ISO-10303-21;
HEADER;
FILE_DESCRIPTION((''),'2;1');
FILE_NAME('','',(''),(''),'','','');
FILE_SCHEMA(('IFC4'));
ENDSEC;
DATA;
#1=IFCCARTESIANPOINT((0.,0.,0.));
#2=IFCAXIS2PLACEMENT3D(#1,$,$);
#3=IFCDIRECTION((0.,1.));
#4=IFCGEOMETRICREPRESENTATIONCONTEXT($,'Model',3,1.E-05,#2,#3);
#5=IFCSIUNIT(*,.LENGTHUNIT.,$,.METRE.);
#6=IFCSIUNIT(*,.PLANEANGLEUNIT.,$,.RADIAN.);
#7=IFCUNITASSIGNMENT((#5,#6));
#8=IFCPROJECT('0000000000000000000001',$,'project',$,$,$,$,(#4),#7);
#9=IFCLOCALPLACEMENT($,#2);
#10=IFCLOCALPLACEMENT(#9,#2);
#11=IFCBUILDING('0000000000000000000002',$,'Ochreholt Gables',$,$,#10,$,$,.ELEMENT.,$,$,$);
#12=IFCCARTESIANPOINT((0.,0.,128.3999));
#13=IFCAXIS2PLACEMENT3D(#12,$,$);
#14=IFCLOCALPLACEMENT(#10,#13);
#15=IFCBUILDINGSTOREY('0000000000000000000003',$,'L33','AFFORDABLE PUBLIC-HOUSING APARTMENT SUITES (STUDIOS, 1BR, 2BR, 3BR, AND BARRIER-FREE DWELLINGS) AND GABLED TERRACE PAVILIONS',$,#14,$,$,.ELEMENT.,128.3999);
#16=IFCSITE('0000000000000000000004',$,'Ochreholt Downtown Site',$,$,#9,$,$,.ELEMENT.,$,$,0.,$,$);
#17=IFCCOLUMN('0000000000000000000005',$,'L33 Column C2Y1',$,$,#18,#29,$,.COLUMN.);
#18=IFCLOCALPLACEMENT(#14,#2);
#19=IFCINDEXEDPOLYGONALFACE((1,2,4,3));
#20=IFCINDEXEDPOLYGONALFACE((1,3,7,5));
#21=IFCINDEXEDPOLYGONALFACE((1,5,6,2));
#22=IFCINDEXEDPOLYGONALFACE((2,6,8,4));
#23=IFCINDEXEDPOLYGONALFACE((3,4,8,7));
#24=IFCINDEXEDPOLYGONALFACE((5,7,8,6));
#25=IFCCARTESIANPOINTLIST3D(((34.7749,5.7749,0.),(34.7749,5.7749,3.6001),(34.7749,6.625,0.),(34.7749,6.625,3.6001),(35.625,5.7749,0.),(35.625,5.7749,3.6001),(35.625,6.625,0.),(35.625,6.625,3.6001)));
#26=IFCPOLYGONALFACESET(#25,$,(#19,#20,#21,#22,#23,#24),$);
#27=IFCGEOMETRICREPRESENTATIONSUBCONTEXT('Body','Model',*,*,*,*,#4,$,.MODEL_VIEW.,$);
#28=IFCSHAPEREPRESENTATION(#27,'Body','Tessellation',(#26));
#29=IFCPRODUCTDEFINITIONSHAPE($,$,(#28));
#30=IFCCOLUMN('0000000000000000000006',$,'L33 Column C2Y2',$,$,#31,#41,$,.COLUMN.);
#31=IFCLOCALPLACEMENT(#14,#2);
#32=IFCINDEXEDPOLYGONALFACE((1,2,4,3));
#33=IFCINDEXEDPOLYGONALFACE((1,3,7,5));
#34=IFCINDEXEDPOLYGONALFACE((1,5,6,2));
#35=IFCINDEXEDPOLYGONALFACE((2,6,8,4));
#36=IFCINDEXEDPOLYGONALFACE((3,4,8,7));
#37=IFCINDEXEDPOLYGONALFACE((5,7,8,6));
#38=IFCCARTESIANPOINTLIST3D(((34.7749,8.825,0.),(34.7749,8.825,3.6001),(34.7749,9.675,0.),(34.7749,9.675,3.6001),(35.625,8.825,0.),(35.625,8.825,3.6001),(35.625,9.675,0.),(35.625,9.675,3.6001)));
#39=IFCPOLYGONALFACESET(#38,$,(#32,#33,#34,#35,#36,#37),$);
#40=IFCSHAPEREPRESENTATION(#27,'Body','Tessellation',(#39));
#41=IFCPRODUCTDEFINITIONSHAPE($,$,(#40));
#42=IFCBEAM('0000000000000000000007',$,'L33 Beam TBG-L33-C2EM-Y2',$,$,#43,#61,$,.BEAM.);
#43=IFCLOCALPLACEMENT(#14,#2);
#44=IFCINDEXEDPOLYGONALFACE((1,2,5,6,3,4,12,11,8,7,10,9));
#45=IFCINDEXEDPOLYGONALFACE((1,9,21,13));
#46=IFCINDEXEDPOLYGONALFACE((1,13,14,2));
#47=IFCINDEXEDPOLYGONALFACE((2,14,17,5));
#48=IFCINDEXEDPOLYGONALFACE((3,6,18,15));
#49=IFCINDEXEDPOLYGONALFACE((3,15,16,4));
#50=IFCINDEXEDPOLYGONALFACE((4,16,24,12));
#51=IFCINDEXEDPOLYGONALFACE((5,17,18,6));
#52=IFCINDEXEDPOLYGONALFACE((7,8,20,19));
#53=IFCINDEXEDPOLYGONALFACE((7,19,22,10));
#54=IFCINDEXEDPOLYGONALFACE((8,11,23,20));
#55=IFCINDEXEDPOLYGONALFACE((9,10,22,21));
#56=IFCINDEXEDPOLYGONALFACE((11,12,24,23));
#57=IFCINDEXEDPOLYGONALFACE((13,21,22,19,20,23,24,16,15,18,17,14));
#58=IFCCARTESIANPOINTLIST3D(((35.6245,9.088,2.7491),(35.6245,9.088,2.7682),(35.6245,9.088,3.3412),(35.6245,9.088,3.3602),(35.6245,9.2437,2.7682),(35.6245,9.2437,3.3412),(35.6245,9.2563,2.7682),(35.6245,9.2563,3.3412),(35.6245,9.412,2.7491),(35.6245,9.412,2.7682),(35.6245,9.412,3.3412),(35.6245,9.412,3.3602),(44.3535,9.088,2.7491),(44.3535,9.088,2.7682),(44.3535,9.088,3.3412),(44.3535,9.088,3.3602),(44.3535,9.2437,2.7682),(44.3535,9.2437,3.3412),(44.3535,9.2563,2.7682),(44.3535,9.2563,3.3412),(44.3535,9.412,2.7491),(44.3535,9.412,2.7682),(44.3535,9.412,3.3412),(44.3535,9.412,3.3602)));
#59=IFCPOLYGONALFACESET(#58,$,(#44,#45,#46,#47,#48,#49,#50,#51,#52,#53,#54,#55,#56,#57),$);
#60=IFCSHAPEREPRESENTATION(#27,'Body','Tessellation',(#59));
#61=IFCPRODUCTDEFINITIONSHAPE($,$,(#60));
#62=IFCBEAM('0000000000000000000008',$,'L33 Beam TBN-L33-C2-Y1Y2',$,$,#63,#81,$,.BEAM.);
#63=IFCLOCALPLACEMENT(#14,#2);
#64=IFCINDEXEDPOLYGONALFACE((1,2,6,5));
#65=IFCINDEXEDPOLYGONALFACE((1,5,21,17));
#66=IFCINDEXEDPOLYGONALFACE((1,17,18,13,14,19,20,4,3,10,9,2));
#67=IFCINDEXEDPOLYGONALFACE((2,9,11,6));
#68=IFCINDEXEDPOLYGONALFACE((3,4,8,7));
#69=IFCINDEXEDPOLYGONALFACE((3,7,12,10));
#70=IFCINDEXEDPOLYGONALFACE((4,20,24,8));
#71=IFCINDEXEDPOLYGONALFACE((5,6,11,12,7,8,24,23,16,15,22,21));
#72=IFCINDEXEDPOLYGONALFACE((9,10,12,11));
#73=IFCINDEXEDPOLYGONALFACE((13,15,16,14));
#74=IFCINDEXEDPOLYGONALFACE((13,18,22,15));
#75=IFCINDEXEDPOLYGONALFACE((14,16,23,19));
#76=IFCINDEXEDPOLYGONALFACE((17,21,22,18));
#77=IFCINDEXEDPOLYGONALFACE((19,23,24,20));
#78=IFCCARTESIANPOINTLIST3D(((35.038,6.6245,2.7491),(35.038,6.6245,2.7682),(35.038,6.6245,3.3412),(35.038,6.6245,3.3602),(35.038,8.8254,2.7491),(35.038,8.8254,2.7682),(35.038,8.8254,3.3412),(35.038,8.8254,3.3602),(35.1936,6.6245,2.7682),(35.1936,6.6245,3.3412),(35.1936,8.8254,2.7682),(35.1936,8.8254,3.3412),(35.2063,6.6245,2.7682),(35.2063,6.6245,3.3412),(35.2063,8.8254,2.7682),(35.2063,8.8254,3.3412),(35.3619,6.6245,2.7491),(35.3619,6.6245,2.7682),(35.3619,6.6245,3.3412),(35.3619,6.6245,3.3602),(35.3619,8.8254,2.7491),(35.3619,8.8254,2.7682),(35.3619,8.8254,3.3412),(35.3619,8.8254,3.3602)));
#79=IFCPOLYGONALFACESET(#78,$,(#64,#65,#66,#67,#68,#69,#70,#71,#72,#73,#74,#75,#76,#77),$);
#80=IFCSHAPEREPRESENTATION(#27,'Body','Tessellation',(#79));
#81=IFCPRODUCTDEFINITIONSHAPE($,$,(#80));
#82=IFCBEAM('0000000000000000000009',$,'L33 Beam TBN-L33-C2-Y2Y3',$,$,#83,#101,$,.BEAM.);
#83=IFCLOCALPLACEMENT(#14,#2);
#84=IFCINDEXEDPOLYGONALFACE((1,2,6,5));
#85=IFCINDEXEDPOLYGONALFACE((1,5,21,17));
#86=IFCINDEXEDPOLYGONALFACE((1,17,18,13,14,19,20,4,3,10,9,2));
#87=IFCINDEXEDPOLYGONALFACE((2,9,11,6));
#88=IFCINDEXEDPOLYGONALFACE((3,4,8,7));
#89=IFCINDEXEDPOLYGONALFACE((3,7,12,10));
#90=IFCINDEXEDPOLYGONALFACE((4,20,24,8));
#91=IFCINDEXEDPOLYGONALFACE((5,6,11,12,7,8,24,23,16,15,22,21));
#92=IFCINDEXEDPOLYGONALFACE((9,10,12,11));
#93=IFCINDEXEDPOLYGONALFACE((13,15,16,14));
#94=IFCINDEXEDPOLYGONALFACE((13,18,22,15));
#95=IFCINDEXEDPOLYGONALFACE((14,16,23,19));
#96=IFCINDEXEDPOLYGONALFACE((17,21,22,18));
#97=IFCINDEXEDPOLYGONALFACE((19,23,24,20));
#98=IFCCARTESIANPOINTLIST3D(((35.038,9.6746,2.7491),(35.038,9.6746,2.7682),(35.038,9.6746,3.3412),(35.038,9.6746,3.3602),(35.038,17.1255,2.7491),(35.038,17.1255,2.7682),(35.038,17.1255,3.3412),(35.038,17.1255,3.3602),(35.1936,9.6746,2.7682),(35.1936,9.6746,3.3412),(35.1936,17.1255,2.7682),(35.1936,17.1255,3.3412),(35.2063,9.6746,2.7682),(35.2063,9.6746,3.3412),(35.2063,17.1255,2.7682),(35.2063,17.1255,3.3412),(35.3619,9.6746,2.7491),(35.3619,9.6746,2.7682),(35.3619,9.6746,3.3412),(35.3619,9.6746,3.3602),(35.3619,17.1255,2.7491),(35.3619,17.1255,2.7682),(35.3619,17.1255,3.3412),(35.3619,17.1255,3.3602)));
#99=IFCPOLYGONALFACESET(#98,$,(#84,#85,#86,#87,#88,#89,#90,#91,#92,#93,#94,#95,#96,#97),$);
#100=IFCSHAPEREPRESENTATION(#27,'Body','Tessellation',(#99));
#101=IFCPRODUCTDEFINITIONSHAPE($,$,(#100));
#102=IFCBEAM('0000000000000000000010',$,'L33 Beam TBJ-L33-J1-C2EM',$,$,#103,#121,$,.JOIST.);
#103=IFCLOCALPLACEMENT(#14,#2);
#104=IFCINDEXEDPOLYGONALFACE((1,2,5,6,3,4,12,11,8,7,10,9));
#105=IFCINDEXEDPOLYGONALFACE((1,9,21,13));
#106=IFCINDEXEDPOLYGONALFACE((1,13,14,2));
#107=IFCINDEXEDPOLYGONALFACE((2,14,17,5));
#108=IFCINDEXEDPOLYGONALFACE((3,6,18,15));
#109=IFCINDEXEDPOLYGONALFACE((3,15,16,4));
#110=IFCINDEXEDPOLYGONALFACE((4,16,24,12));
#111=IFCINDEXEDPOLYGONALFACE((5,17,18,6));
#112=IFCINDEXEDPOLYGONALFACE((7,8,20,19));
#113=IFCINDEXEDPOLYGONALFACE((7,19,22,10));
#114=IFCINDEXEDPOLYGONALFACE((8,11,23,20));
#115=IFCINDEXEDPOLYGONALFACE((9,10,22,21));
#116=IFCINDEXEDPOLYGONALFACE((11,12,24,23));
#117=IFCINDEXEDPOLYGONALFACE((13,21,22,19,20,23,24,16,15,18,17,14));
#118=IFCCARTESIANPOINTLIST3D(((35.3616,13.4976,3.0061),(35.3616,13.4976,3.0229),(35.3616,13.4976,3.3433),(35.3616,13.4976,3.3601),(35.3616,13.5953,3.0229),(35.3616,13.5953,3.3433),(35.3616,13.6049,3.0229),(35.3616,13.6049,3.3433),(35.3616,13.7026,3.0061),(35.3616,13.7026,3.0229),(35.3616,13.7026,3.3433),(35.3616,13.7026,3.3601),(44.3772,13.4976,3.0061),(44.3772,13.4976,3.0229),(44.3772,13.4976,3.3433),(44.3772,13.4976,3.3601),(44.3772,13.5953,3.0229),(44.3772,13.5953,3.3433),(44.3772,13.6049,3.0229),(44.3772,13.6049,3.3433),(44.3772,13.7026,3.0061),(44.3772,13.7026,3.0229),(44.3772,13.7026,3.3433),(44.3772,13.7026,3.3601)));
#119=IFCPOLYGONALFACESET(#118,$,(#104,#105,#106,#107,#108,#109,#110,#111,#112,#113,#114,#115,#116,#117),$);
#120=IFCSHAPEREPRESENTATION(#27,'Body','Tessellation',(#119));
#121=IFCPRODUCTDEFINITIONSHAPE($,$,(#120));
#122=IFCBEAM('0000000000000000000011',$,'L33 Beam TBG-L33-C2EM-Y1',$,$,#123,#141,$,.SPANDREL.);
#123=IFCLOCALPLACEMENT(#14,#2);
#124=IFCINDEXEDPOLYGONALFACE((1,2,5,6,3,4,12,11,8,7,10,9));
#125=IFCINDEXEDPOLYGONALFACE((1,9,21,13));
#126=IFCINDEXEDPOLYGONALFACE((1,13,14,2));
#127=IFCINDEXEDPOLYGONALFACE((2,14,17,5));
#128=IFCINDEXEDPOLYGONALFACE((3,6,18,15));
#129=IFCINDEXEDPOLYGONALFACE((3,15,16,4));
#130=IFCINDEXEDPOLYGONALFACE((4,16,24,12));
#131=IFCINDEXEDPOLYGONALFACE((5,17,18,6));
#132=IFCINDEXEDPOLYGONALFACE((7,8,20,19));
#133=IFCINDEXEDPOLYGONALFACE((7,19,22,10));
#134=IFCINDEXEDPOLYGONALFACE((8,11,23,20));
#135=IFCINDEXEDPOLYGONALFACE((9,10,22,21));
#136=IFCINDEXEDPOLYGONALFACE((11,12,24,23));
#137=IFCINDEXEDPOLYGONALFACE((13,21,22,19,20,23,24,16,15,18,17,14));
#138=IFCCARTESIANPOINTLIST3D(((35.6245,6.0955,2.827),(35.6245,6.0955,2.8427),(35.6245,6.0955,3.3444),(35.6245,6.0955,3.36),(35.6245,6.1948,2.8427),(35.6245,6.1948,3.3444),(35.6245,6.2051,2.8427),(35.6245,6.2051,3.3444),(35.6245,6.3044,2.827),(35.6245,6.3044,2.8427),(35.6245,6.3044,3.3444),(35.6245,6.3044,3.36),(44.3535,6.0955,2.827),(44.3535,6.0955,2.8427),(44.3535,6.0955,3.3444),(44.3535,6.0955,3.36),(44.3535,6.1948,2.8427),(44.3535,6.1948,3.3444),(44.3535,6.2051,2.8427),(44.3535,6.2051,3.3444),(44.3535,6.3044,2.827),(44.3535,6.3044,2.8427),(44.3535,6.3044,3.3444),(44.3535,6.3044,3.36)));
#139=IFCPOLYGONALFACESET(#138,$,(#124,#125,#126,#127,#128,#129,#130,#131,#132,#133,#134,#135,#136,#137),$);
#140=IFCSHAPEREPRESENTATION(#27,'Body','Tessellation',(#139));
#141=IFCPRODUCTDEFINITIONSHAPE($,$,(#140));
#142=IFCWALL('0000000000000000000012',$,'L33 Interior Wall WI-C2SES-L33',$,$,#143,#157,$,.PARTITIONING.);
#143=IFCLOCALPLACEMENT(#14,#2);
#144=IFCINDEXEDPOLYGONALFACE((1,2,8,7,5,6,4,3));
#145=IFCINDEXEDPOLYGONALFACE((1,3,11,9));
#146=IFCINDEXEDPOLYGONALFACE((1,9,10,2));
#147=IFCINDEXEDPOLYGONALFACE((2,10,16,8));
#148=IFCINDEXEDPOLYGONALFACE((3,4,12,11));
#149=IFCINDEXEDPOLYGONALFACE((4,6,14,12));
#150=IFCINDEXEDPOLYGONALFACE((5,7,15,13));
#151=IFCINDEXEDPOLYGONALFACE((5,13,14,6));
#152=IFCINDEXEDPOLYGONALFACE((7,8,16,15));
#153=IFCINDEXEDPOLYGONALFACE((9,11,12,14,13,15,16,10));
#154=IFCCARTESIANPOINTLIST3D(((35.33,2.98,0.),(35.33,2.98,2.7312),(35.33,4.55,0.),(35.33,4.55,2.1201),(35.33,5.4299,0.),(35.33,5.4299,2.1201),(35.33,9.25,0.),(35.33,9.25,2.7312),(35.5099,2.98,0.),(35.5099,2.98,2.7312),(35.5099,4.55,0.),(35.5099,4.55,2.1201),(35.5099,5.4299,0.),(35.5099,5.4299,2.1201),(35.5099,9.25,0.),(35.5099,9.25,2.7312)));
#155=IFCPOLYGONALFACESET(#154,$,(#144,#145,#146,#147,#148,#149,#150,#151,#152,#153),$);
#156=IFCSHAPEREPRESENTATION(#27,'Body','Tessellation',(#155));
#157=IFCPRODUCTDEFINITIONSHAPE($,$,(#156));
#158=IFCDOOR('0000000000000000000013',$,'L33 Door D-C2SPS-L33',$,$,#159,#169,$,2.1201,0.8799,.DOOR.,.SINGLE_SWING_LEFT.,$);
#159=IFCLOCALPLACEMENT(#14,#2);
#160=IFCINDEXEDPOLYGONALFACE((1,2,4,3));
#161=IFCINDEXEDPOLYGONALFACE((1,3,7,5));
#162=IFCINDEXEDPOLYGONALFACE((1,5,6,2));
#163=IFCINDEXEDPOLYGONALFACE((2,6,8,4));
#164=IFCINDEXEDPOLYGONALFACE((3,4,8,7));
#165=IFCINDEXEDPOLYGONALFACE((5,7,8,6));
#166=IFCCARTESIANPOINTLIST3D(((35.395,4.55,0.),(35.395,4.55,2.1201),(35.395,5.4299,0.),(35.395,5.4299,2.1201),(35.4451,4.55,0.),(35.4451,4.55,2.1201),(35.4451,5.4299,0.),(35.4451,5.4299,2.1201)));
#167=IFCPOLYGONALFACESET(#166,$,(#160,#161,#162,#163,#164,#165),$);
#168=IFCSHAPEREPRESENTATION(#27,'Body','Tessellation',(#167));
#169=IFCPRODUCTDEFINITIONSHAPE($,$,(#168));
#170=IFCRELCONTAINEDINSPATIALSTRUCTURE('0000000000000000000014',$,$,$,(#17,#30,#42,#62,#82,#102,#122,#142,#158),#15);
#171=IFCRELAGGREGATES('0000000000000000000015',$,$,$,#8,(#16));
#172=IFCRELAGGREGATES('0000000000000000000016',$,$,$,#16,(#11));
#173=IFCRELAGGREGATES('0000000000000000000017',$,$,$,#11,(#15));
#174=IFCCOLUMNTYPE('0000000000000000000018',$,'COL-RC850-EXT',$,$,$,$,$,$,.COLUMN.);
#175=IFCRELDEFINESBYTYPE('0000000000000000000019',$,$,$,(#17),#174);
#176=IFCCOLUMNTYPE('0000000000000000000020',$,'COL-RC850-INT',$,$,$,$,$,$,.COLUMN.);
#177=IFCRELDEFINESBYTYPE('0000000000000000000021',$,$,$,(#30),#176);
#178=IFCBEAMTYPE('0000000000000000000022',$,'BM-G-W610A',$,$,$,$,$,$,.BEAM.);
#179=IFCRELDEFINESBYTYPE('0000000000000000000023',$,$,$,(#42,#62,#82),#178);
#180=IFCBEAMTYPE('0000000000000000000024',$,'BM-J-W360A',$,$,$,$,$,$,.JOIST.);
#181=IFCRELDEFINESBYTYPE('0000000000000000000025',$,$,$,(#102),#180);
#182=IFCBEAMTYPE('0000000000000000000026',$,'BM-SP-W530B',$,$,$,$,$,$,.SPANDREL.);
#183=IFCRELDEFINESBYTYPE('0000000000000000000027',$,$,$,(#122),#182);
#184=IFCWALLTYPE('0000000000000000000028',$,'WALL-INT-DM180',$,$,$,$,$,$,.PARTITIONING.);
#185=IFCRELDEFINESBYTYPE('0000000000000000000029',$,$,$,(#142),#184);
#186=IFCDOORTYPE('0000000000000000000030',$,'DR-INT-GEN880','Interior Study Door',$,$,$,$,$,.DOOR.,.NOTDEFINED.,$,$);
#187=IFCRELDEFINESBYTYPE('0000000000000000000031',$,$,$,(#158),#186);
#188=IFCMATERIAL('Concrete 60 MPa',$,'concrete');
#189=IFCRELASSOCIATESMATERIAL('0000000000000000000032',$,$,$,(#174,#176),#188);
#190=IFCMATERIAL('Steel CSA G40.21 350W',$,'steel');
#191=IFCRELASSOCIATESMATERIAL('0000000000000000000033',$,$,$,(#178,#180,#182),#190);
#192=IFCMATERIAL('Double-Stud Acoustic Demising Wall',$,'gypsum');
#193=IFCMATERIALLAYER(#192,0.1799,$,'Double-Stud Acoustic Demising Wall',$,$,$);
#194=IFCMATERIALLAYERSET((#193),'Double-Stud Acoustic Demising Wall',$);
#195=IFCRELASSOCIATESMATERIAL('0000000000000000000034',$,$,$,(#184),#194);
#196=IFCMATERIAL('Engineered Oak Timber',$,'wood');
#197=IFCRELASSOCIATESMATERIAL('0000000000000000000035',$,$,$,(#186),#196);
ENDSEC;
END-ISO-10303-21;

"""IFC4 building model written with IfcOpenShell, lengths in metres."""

from ifc_helpers import new_model, si_unit, direction, frame, frame_2d, origin, origin_2d, place, context, subcontext, project, spatial, rectangle, i_section, extrude, material, layer, layer_set, material_profile, profile_set, type_object, element, fill, save


model = new_model("IFC4")

# Units and contexts
model_context = context("Model", 3, precision=1e-05, world=origin(), true_north=direction((0.0, 1.0)))
body_context = subcontext(model_context, "Body", "Model", "MODEL_VIEW")
ifc_project = project(units=[si_unit("LENGTHUNIT", "METRE"), si_unit("PLANEANGLEUNIT", "RADIAN")], contexts=[model_context])

# Site, building, storey
site_placement = place(None, origin())
site = spatial("IfcSite", under=ifc_project, at=site_placement, Name="Ochreholt Downtown Site", CompositionType="ELEMENT", RefElevation=0.0)
building_placement = place(site_placement, origin())
building = spatial("IfcBuilding", under=site, at=building_placement, Name="Ochreholt Gables", CompositionType="ELEMENT")
storey_placement = place(building_placement, frame((0.0, 0.0, 128.3999)))
storey = spatial("IfcBuildingStorey", under=building, at=storey_placement, Name="L33", Description="AFFORDABLE PUBLIC-HOUSING APARTMENT SUITES (STUDIOS, 1BR, 2BR, 3BR, AND BARRIER-FREE DWELLINGS) AND GABLED TERRACE PAVILIONS", CompositionType="ELEMENT", Elevation=128.3999)

# Columns
ifc_material_1 = material(Name="Concrete 60 MPa", Category="concrete")
ifc_material_profile_1 = material_profile(ifc_material_1, rectangle(XDim=0.8501, YDim=0.8501, at=origin_2d()), Name="RC850X850")
ifc_profile_set_1 = profile_set([ifc_material_profile_1], Name="Concrete 60 MPa")
column_type_1 = type_object("IfcColumnType", Name="COL-RC850-EXT", PredefinedType="COLUMN", material=ifc_profile_set_1)
column_1_placement = place(storey_placement, frame((35.2, 6.2, 0.0), z_axis=(0.0, 0.0, 1.0), x_axis=(1.0, 0.0, 0.0)))
element("IfcColumn", 1, at=column_1_placement, inside=storey, type_object=column_type_1, Name="L33 Column C2Y1", PredefinedType="COLUMN", context=body_context, shape_type="SweptSolid", body=[
    extrude(rectangle(XDim=0.8501, YDim=0.8501, at=origin_2d()), origin(), (0.0, 0.0, 1.0), 3.6001),
])
ifc_material_profile_2 = material_profile(ifc_material_1, rectangle(XDim=0.8501, YDim=0.8501, at=origin_2d()), Name="RC850X850")
ifc_profile_set_2 = profile_set([ifc_material_profile_2], Name="Concrete 60 MPa")
column_type_2 = type_object("IfcColumnType", Name="COL-RC850-INT", PredefinedType="COLUMN", material=ifc_profile_set_2)
column_2_placement = place(storey_placement, frame((35.2, 9.25, 0.0), z_axis=(0.0, 0.0, 1.0), x_axis=(1.0, 0.0, 0.0)))
element("IfcColumn", 2, at=column_2_placement, inside=storey, type_object=column_type_2, Name="L33 Column C2Y2", PredefinedType="COLUMN", context=body_context, shape_type="SweptSolid", body=[
    extrude(rectangle(XDim=0.8501, YDim=0.8501, at=origin_2d()), origin(), (0.0, 0.0, 1.0), 3.6001),
])

# Beams
ifc_material_2 = material(Name="Steel CSA G40.21 350W", Category="steel")
ifc_material_profile_3 = material_profile(ifc_material_2, i_section(OverallWidth=0.324, OverallDepth=0.6111, WebThickness=0.0127, FlangeThickness=0.019, at=origin_2d()), Name="W610X155")
ifc_profile_set_3 = profile_set([ifc_material_profile_3], Name="Steel CSA G40.21 350W")
beam_type_1 = type_object("IfcBeamType", Name="BM-G-W610A", PredefinedType="BEAM", material=ifc_profile_set_3)
beam_1_placement = place(storey_placement, frame((35.6245, 9.25, 3.0547), z_axis=(1.0, 0.0, 0.0), x_axis=(0.0, 1.0, 0.0)))
element("IfcBeam", 3, at=beam_1_placement, inside=storey, type_object=beam_type_1, Name="L33 Beam TBG-L33-C2EM-Y2", PredefinedType="BEAM", context=body_context, shape_type="SweptSolid", body=[
    extrude(i_section(OverallWidth=0.324, OverallDepth=0.6111, WebThickness=0.0127, FlangeThickness=0.019, at=origin_2d()), origin(), (0.0, 0.0, 1.0), 8.729),
])
beam_2_placement = place(storey_placement, frame((35.2, 6.6245, 3.0547), z_axis=(0.0, 1.0, 0.0), x_axis=(-1.0, 0.0, 0.0)))
element("IfcBeam", 4, at=beam_2_placement, inside=storey, type_object=beam_type_1, Name="L33 Beam TBN-L33-C2-Y1Y2", PredefinedType="BEAM", context=body_context, shape_type="SweptSolid", body=[
    extrude(i_section(OverallWidth=0.324, OverallDepth=0.6111, WebThickness=0.0127, FlangeThickness=0.019, at=origin_2d()), origin(), (0.0, 0.0, 1.0), 2.2009),
])
beam_3_placement = place(storey_placement, frame((35.2, 9.6746, 3.0547), z_axis=(0.0, 1.0, 0.0), x_axis=(-1.0, 0.0, 0.0)))
element("IfcBeam", 5, at=beam_3_placement, inside=storey, type_object=beam_type_1, Name="L33 Beam TBN-L33-C2-Y2Y3", PredefinedType="BEAM", context=body_context, shape_type="SweptSolid", body=[
    extrude(i_section(OverallWidth=0.324, OverallDepth=0.6111, WebThickness=0.0127, FlangeThickness=0.019, at=origin_2d()), origin(), (0.0, 0.0, 1.0), 7.4509),
])
ifc_material_profile_4 = material_profile(ifc_material_2, i_section(OverallWidth=0.2051, OverallDepth=0.354, WebThickness=0.0095, FlangeThickness=0.0168, at=origin_2d()), Name="W360X79")
ifc_profile_set_4 = profile_set([ifc_material_profile_4], Name="Steel CSA G40.21 350W")
beam_type_2 = type_object("IfcBeamType", Name="BM-J-W360A", PredefinedType="JOIST", material=ifc_profile_set_4)
beam_4_placement = place(storey_placement, frame((35.3616, 13.6001, 3.1831), z_axis=(1.0, 0.0, 0.0), x_axis=(0.0, 1.0, 0.0)))
element("IfcBeam", 6, at=beam_4_placement, inside=storey, type_object=beam_type_2, Name="L33 Beam TBJ-L33-J1-C2EM", PredefinedType="JOIST", context=body_context, shape_type="SweptSolid", body=[
    extrude(i_section(OverallWidth=0.2051, OverallDepth=0.354, WebThickness=0.0095, FlangeThickness=0.0168, at=origin_2d()), origin(), (0.0, 0.0, 1.0), 9.0156),
])
ifc_material_profile_5 = material_profile(ifc_material_2, i_section(OverallWidth=0.209, OverallDepth=0.533, WebThickness=0.0103, FlangeThickness=0.0156, at=origin_2d()), Name="W530X92")
ifc_profile_set_5 = profile_set([ifc_material_profile_5], Name="Steel CSA G40.21 350W")
beam_type_3 = type_object("IfcBeamType", Name="BM-SP-W530B", PredefinedType="SPANDREL", material=ifc_profile_set_5)
beam_5_placement = place(storey_placement, frame((35.6245, 6.2, 3.0935), z_axis=(1.0, 0.0, 0.0), x_axis=(0.0, 1.0, 0.0)))
element("IfcBeam", 7, at=beam_5_placement, inside=storey, type_object=beam_type_3, Name="L33 Beam TBG-L33-C2EM-Y1", PredefinedType="SPANDREL", context=body_context, shape_type="SweptSolid", body=[
    extrude(i_section(OverallWidth=0.209, OverallDepth=0.533, WebThickness=0.0103, FlangeThickness=0.0156, at=origin_2d()), origin(), (0.0, 0.0, 1.0), 8.729),
])

# Wall, opening, door
ifc_material_3 = material(Name="Double-Stud Acoustic Demising Wall", Category="gypsum")
ifc_layer_1 = layer(ifc_material_3, 0.1799, Name="Double-Stud Acoustic Demising Wall")
ifc_layer_set_1 = layer_set([ifc_layer_1], Name="Double-Stud Acoustic Demising Wall")
wall_type_1 = type_object("IfcWallType", Name="WALL-INT-DM180", PredefinedType="PARTITIONING", material=ifc_layer_set_1)
wall_1_placement = place(storey_placement, frame((35.4199, 2.98, 0.0), z_axis=(0.0, 0.0, 1.0), x_axis=(0.0, 1.0, 0.0)))
wall_1 = element("IfcWall", 8, at=wall_1_placement, inside=storey, type_object=wall_type_1, Name="L33 Interior Wall WI-C2SES-L33", PredefinedType="PARTITIONING", context=body_context, shape_type="SweptSolid", body=[
    extrude(rectangle(XDim=6.27, YDim=0.1799, at=frame_2d((3.135, 0.0))), origin(), (0.0, 0.0, 1.0), 2.7312),
])
opening_1_placement = place(wall_1_placement, frame((1.5701, 0.0, 0.0)))
opening_1 = element("IfcOpeningElement", 9, at=opening_1_placement, cuts=wall_1, PredefinedType="OPENING", context=body_context, shape_type="SweptSolid", body=[
    extrude(rectangle(XDim=0.8799, YDim=2.1201, at=frame_2d((0.4399, 1.0601))), frame((0.0, 0.0999, 0.0), z_axis=(0.0, -1.0, 0.0), x_axis=(1.0, 0.0, 0.0)), (0.0, 0.0, 1.0), 0.2),
])
ifc_material_4 = material(Name="Engineered Oak Timber", Category="wood")
door_type_1 = type_object("IfcDoorType", Name="DR-INT-GEN880", Description="Interior Study Door", OperationType="NOTDEFINED", PredefinedType="DOOR", material=ifc_material_4)
door_1_placement = place(opening_1_placement, origin())
door_1 = element("IfcDoor", 10, at=door_1_placement, inside=storey, type_object=door_type_1, Name="L33 Door D-C2SPS-L33", OperationType="SINGLE_SWING_LEFT", OverallHeight=2.1201, OverallWidth=0.8799, PredefinedType="DOOR", context=body_context, shape_type="SweptSolid", body=[
    extrude(rectangle(XDim=0.8799, YDim=2.1201, at=frame_2d((0.4399, 1.0601))), frame((0.0, 0.0249, 0.0), z_axis=(0.0, -1.0, 0.0), x_axis=(1.0, 0.0, 0.0)), (0.0, 0.0, 1.0), 0.05),
])
fill(opening_1, door_1)

save(model, "model.ifc")
